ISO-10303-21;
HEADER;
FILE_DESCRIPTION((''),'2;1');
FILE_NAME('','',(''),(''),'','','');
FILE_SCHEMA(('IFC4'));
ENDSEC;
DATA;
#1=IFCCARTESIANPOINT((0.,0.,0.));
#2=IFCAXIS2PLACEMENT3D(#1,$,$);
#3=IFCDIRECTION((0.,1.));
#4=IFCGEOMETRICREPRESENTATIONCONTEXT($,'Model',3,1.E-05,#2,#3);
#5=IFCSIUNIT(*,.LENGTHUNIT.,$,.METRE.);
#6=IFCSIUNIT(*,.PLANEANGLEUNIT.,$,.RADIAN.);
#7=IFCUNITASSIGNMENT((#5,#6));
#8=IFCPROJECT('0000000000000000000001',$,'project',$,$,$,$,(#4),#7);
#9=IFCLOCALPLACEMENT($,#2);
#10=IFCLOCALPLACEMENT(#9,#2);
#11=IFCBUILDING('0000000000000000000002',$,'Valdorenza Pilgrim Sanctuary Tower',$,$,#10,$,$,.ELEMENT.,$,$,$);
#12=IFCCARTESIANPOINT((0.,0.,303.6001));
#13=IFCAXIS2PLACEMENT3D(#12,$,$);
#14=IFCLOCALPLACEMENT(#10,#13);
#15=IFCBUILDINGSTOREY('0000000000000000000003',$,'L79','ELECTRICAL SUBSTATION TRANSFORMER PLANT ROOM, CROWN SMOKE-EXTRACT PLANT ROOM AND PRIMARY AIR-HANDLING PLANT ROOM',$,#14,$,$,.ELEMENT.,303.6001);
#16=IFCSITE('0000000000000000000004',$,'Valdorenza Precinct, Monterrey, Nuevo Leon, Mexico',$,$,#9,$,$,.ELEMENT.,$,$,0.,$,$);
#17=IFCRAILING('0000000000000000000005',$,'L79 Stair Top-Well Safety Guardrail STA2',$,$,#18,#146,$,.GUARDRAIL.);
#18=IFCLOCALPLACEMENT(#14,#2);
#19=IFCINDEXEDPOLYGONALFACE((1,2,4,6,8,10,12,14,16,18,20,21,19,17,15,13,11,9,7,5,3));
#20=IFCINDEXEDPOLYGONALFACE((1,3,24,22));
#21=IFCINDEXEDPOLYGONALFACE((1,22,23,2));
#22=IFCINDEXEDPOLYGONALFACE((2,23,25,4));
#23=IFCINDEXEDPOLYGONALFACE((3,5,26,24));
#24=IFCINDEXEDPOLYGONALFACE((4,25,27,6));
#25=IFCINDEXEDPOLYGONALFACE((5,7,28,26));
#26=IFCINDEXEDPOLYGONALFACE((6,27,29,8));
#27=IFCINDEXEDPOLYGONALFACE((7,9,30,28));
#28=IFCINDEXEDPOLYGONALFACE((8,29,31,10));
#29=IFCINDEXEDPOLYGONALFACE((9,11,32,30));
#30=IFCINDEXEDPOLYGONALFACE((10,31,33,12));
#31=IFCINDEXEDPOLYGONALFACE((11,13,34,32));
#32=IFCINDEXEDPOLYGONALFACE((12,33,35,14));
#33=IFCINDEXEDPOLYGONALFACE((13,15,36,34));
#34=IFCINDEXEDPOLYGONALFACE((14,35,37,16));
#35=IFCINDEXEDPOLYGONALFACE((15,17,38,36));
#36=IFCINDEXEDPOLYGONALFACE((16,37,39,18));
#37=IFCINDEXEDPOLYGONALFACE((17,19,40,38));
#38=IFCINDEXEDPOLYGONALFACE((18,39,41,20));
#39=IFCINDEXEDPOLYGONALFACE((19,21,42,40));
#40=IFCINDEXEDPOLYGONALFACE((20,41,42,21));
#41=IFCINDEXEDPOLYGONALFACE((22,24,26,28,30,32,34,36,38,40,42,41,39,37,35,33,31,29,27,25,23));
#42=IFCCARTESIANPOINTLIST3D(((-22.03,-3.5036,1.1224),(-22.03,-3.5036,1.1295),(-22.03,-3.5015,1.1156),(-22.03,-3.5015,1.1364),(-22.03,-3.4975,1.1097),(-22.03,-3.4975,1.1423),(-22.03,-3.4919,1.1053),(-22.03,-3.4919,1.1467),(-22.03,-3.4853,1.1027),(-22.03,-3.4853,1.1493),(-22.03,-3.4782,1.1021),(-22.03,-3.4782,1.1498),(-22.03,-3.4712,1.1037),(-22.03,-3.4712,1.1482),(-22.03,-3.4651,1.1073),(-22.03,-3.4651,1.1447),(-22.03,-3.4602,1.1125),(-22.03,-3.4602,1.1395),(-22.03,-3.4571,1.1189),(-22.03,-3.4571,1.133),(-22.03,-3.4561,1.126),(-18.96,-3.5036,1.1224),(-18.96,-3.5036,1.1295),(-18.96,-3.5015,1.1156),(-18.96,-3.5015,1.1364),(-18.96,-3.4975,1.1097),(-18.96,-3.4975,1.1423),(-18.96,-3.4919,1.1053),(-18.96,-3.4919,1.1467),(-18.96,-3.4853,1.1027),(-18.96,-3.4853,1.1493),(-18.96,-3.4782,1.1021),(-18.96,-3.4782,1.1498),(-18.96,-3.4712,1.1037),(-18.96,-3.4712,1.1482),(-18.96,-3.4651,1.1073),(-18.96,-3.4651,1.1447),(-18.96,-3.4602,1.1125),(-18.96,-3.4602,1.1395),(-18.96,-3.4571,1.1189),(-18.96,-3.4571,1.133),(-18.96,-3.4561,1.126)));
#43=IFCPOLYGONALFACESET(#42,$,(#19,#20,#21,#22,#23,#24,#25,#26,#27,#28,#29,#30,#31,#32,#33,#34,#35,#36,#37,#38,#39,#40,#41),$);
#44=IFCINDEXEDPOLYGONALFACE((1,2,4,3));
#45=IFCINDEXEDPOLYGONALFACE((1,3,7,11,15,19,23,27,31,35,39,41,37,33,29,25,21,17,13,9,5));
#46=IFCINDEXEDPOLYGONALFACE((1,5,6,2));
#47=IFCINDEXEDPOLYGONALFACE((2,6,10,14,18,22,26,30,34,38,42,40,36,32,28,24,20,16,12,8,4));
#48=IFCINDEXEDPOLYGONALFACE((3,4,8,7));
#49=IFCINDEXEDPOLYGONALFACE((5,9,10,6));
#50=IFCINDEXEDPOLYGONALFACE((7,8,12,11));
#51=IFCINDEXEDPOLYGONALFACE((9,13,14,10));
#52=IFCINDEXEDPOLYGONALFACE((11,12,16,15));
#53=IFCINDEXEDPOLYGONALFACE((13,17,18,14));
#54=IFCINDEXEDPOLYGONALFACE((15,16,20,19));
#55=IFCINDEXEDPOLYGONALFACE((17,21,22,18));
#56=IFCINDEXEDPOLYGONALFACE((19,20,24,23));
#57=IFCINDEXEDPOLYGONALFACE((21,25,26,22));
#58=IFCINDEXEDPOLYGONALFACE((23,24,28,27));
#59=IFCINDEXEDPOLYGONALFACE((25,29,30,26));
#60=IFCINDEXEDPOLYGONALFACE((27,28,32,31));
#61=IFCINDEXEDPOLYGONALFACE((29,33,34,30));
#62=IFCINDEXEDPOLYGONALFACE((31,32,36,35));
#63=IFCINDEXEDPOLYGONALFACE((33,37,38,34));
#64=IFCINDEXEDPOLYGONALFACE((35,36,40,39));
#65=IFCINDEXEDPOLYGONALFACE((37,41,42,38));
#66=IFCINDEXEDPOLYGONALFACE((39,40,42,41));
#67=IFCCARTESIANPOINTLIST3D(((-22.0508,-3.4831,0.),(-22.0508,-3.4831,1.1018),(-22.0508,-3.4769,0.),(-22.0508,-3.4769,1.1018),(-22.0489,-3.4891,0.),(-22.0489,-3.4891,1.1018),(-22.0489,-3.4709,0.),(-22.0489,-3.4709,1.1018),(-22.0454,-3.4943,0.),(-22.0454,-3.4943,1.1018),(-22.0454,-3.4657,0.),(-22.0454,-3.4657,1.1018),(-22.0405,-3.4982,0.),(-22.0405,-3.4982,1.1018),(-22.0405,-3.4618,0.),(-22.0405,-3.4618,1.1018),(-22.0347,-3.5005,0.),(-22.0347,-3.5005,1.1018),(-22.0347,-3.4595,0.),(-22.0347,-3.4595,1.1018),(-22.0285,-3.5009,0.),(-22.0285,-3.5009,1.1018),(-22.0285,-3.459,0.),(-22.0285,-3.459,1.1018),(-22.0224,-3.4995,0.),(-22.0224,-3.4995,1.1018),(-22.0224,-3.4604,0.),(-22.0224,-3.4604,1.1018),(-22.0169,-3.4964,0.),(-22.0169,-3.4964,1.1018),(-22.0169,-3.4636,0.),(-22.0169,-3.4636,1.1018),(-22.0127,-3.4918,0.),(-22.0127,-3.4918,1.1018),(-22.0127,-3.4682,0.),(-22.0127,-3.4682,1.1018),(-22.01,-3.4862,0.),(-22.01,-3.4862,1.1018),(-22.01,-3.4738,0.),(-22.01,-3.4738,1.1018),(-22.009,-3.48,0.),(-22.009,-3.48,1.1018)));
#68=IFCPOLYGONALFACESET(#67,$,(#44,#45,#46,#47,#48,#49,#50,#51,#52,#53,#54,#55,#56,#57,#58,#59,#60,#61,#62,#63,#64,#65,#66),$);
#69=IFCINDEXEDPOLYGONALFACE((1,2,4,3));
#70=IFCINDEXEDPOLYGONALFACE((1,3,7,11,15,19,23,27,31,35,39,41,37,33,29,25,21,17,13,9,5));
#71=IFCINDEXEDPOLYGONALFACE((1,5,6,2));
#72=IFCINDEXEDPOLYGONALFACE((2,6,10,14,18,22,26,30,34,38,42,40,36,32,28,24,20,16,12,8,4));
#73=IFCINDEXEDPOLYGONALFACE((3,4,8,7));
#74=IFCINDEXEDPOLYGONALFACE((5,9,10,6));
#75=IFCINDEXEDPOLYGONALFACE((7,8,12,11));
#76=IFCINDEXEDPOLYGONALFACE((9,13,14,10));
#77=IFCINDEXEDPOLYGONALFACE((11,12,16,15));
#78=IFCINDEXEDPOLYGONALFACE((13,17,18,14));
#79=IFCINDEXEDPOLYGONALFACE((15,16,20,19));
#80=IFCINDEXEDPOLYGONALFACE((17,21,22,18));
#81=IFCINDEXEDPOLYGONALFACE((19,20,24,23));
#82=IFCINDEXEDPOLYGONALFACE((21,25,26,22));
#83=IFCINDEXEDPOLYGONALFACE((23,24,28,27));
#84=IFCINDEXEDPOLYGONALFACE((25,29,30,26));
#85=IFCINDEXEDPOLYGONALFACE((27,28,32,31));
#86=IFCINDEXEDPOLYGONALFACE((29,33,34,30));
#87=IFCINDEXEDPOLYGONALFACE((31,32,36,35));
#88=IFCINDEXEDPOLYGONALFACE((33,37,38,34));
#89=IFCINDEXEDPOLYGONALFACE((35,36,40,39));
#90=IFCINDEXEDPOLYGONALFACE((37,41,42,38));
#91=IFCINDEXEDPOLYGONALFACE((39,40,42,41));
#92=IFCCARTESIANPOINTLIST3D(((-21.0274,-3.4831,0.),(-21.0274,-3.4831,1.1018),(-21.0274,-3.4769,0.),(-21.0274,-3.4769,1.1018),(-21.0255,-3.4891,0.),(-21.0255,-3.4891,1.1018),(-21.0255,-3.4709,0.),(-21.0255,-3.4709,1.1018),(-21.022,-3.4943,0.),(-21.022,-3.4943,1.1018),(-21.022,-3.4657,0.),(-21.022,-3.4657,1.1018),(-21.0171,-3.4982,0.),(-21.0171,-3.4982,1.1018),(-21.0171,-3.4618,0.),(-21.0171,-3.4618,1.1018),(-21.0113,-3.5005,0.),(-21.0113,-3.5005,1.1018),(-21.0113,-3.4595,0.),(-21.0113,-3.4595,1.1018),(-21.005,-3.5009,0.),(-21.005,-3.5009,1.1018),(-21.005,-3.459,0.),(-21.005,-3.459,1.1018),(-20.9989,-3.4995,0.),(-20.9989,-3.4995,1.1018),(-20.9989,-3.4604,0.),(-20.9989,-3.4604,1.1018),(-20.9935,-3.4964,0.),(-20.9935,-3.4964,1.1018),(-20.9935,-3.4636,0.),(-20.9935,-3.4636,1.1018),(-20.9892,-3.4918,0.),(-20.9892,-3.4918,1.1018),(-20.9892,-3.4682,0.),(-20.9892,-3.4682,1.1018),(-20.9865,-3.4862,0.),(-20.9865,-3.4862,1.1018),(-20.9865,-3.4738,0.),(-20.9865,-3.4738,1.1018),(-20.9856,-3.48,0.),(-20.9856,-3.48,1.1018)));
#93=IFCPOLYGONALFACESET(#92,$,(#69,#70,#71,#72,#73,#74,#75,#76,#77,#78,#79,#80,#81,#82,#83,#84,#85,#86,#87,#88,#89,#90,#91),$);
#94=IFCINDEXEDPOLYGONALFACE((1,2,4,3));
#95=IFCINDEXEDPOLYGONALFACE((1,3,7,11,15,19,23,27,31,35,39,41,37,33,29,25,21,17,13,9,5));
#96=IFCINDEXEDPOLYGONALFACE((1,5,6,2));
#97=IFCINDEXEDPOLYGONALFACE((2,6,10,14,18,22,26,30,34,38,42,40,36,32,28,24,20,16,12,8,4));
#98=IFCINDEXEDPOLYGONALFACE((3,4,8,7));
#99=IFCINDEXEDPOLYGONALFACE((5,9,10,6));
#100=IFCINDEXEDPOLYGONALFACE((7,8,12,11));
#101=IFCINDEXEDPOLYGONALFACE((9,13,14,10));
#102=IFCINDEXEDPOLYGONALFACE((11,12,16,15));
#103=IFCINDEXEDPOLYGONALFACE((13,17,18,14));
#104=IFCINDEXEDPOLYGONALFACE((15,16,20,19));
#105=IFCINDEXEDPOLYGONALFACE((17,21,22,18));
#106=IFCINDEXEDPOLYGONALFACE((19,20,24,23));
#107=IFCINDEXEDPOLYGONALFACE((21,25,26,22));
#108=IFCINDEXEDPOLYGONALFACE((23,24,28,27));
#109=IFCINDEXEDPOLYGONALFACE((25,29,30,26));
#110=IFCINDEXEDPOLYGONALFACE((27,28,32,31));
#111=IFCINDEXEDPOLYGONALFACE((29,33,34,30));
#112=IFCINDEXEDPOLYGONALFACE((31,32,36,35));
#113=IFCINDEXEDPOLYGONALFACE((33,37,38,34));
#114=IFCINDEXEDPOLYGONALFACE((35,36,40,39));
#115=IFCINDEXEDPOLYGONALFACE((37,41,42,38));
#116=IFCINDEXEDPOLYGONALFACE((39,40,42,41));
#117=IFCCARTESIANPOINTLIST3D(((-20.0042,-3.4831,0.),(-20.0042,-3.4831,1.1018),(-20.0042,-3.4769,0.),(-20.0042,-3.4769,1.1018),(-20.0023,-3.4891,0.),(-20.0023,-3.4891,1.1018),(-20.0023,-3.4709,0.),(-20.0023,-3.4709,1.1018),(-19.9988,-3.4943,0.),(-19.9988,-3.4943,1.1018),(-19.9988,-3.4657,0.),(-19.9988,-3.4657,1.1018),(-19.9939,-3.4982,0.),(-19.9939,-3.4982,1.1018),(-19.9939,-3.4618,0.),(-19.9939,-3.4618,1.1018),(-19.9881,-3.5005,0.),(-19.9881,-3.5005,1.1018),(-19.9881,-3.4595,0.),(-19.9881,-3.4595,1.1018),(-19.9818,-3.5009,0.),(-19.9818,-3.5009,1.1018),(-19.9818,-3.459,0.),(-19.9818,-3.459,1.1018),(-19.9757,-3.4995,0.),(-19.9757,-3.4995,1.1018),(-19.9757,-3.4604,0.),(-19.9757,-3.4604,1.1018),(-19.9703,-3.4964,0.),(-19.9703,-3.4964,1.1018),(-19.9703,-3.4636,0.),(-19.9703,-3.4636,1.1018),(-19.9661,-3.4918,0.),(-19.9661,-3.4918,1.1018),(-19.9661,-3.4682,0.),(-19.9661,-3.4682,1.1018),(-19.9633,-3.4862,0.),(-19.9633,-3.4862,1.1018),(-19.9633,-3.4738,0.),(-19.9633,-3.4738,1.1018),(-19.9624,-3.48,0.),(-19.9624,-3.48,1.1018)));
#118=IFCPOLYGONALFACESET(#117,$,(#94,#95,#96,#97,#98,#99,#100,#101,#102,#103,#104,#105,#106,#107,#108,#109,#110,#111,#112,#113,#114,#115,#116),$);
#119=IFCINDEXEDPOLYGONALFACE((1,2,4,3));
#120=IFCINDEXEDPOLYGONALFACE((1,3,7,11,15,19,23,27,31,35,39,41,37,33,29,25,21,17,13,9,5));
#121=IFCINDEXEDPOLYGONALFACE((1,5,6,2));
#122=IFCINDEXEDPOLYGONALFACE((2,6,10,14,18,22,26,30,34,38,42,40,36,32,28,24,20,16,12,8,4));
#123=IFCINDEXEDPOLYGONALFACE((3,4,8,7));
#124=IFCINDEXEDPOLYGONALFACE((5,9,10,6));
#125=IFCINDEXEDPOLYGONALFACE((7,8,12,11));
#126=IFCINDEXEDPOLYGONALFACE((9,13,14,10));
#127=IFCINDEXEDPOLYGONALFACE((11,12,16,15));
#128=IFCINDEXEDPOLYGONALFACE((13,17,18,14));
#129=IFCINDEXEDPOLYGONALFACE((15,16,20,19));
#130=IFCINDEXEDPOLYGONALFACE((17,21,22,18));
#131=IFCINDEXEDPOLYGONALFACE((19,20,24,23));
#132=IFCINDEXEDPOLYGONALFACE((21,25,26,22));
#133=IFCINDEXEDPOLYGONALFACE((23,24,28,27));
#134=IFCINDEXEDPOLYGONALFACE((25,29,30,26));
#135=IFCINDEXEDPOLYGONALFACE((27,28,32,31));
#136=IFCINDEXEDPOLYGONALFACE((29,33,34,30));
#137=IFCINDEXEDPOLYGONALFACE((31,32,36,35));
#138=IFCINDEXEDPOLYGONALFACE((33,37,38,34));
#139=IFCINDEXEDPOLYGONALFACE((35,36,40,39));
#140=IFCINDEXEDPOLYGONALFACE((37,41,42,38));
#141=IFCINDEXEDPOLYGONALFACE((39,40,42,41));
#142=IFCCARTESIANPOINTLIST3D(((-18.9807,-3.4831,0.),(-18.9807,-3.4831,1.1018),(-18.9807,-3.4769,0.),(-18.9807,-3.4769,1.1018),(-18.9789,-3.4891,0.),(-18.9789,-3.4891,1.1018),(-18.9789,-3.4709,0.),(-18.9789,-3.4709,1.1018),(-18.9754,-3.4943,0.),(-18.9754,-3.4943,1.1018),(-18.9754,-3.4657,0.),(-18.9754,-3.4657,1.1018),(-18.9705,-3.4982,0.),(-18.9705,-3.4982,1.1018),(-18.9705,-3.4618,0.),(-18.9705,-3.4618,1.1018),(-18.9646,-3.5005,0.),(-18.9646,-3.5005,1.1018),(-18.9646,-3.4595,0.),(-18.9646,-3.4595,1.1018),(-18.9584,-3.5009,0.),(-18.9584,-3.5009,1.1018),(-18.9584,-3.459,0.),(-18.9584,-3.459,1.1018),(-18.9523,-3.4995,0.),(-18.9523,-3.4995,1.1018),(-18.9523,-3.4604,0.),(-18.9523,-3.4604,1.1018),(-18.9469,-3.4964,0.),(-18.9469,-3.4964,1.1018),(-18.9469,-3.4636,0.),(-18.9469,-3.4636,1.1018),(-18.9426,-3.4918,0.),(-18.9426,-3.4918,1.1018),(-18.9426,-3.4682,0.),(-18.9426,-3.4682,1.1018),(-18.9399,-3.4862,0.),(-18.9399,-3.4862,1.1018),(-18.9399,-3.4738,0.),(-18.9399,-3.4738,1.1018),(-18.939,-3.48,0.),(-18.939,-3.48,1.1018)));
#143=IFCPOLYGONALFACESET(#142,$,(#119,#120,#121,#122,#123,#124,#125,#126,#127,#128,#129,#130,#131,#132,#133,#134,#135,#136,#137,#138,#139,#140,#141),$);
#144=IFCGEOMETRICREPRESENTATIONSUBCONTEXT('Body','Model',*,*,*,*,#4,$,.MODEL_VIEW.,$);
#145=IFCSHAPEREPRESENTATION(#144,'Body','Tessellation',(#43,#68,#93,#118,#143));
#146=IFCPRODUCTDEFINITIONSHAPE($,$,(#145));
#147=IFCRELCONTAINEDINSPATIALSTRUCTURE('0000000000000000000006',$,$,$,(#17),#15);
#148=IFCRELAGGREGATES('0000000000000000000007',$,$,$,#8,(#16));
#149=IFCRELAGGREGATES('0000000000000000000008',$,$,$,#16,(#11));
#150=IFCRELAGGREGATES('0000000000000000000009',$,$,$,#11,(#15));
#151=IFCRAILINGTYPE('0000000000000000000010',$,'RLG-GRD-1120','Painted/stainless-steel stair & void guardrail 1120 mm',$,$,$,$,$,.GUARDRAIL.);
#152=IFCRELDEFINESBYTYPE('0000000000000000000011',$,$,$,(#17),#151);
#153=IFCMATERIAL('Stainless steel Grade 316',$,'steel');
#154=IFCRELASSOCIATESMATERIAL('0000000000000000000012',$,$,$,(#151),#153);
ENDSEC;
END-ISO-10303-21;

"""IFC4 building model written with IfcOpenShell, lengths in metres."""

from ifc_helpers import new_model, si_unit, direction, frame, origin, origin_2d, place, context, subcontext, project, spatial, circle, extrude, material, type_object, element, save


model = new_model("IFC4")

# Units and contexts
model_context = context("Model", 3, precision=1e-05, world=origin(), true_north=direction((0.0, 1.0)))
body_context = subcontext(model_context, "Body", "Model", "MODEL_VIEW")
ifc_project = project(units=[si_unit("LENGTHUNIT", "METRE"), si_unit("PLANEANGLEUNIT", "RADIAN")], contexts=[model_context])

# Site, building, storey
site_placement = place(None, origin())
site = spatial("IfcSite", under=ifc_project, at=site_placement, Name="Valdorenza Precinct, Monterrey, Nuevo Leon, Mexico", CompositionType="ELEMENT", RefElevation=0.0)
building_placement = place(site_placement, origin())
building = spatial("IfcBuilding", under=site, at=building_placement, Name="Valdorenza Pilgrim Sanctuary Tower", CompositionType="ELEMENT")
storey_placement = place(building_placement, frame((0.0, 0.0, 303.6001)))
storey = spatial("IfcBuildingStorey", under=building, at=storey_placement, Name="L79", Description="ELECTRICAL SUBSTATION TRANSFORMER PLANT ROOM, CROWN SMOKE-EXTRACT PLANT ROOM AND PRIMARY AIR-HANDLING PLANT ROOM", CompositionType="ELEMENT", Elevation=303.6001)

# Railing
ifc_material_1 = material(Name="Stainless steel Grade 316", Category="steel")
railing_type = type_object("IfcRailingType", Name="RLG-GRD-1120", Description="Painted/stainless-steel stair & void guardrail 1120 mm", PredefinedType="GUARDRAIL", material=ifc_material_1)
railing_1_placement = place(storey_placement, frame((-22.03, -3.48, 0.0)))
element("IfcRailing", 1, at=railing_1_placement, inside=storey, type_object=railing_type, Name="L79 Stair Top-Well Safety Guardrail STA2", PredefinedType="GUARDRAIL", context=body_context, shape_type="SweptSolid", body=[
    extrude(circle(Radius=0.0239, at=origin_2d()), frame((0.0, 0.0, 1.126), z_axis=(1.0, 0.0, 0.0), x_axis=(0.0, 1.0, 0.0)), (0.0, 0.0, 1.0), 3.0701),
    extrude(circle(Radius=0.021, at=origin_2d()), origin(), (0.0, 0.0, 1.0), 1.1018),
    extrude(circle(Radius=0.021, at=origin_2d()), frame((1.0234, 0.0, 0.0)), (0.0, 0.0, 1.0), 1.1018),
    extrude(circle(Radius=0.021, at=origin_2d()), frame((2.0466, 0.0, 0.0)), (0.0, 0.0, 1.0), 1.1018),
    extrude(circle(Radius=0.021, at=origin_2d()), frame((3.0701, 0.0, 0.0)), (0.0, 0.0, 1.0), 1.1018),
])

save(model, "model.ifc")
